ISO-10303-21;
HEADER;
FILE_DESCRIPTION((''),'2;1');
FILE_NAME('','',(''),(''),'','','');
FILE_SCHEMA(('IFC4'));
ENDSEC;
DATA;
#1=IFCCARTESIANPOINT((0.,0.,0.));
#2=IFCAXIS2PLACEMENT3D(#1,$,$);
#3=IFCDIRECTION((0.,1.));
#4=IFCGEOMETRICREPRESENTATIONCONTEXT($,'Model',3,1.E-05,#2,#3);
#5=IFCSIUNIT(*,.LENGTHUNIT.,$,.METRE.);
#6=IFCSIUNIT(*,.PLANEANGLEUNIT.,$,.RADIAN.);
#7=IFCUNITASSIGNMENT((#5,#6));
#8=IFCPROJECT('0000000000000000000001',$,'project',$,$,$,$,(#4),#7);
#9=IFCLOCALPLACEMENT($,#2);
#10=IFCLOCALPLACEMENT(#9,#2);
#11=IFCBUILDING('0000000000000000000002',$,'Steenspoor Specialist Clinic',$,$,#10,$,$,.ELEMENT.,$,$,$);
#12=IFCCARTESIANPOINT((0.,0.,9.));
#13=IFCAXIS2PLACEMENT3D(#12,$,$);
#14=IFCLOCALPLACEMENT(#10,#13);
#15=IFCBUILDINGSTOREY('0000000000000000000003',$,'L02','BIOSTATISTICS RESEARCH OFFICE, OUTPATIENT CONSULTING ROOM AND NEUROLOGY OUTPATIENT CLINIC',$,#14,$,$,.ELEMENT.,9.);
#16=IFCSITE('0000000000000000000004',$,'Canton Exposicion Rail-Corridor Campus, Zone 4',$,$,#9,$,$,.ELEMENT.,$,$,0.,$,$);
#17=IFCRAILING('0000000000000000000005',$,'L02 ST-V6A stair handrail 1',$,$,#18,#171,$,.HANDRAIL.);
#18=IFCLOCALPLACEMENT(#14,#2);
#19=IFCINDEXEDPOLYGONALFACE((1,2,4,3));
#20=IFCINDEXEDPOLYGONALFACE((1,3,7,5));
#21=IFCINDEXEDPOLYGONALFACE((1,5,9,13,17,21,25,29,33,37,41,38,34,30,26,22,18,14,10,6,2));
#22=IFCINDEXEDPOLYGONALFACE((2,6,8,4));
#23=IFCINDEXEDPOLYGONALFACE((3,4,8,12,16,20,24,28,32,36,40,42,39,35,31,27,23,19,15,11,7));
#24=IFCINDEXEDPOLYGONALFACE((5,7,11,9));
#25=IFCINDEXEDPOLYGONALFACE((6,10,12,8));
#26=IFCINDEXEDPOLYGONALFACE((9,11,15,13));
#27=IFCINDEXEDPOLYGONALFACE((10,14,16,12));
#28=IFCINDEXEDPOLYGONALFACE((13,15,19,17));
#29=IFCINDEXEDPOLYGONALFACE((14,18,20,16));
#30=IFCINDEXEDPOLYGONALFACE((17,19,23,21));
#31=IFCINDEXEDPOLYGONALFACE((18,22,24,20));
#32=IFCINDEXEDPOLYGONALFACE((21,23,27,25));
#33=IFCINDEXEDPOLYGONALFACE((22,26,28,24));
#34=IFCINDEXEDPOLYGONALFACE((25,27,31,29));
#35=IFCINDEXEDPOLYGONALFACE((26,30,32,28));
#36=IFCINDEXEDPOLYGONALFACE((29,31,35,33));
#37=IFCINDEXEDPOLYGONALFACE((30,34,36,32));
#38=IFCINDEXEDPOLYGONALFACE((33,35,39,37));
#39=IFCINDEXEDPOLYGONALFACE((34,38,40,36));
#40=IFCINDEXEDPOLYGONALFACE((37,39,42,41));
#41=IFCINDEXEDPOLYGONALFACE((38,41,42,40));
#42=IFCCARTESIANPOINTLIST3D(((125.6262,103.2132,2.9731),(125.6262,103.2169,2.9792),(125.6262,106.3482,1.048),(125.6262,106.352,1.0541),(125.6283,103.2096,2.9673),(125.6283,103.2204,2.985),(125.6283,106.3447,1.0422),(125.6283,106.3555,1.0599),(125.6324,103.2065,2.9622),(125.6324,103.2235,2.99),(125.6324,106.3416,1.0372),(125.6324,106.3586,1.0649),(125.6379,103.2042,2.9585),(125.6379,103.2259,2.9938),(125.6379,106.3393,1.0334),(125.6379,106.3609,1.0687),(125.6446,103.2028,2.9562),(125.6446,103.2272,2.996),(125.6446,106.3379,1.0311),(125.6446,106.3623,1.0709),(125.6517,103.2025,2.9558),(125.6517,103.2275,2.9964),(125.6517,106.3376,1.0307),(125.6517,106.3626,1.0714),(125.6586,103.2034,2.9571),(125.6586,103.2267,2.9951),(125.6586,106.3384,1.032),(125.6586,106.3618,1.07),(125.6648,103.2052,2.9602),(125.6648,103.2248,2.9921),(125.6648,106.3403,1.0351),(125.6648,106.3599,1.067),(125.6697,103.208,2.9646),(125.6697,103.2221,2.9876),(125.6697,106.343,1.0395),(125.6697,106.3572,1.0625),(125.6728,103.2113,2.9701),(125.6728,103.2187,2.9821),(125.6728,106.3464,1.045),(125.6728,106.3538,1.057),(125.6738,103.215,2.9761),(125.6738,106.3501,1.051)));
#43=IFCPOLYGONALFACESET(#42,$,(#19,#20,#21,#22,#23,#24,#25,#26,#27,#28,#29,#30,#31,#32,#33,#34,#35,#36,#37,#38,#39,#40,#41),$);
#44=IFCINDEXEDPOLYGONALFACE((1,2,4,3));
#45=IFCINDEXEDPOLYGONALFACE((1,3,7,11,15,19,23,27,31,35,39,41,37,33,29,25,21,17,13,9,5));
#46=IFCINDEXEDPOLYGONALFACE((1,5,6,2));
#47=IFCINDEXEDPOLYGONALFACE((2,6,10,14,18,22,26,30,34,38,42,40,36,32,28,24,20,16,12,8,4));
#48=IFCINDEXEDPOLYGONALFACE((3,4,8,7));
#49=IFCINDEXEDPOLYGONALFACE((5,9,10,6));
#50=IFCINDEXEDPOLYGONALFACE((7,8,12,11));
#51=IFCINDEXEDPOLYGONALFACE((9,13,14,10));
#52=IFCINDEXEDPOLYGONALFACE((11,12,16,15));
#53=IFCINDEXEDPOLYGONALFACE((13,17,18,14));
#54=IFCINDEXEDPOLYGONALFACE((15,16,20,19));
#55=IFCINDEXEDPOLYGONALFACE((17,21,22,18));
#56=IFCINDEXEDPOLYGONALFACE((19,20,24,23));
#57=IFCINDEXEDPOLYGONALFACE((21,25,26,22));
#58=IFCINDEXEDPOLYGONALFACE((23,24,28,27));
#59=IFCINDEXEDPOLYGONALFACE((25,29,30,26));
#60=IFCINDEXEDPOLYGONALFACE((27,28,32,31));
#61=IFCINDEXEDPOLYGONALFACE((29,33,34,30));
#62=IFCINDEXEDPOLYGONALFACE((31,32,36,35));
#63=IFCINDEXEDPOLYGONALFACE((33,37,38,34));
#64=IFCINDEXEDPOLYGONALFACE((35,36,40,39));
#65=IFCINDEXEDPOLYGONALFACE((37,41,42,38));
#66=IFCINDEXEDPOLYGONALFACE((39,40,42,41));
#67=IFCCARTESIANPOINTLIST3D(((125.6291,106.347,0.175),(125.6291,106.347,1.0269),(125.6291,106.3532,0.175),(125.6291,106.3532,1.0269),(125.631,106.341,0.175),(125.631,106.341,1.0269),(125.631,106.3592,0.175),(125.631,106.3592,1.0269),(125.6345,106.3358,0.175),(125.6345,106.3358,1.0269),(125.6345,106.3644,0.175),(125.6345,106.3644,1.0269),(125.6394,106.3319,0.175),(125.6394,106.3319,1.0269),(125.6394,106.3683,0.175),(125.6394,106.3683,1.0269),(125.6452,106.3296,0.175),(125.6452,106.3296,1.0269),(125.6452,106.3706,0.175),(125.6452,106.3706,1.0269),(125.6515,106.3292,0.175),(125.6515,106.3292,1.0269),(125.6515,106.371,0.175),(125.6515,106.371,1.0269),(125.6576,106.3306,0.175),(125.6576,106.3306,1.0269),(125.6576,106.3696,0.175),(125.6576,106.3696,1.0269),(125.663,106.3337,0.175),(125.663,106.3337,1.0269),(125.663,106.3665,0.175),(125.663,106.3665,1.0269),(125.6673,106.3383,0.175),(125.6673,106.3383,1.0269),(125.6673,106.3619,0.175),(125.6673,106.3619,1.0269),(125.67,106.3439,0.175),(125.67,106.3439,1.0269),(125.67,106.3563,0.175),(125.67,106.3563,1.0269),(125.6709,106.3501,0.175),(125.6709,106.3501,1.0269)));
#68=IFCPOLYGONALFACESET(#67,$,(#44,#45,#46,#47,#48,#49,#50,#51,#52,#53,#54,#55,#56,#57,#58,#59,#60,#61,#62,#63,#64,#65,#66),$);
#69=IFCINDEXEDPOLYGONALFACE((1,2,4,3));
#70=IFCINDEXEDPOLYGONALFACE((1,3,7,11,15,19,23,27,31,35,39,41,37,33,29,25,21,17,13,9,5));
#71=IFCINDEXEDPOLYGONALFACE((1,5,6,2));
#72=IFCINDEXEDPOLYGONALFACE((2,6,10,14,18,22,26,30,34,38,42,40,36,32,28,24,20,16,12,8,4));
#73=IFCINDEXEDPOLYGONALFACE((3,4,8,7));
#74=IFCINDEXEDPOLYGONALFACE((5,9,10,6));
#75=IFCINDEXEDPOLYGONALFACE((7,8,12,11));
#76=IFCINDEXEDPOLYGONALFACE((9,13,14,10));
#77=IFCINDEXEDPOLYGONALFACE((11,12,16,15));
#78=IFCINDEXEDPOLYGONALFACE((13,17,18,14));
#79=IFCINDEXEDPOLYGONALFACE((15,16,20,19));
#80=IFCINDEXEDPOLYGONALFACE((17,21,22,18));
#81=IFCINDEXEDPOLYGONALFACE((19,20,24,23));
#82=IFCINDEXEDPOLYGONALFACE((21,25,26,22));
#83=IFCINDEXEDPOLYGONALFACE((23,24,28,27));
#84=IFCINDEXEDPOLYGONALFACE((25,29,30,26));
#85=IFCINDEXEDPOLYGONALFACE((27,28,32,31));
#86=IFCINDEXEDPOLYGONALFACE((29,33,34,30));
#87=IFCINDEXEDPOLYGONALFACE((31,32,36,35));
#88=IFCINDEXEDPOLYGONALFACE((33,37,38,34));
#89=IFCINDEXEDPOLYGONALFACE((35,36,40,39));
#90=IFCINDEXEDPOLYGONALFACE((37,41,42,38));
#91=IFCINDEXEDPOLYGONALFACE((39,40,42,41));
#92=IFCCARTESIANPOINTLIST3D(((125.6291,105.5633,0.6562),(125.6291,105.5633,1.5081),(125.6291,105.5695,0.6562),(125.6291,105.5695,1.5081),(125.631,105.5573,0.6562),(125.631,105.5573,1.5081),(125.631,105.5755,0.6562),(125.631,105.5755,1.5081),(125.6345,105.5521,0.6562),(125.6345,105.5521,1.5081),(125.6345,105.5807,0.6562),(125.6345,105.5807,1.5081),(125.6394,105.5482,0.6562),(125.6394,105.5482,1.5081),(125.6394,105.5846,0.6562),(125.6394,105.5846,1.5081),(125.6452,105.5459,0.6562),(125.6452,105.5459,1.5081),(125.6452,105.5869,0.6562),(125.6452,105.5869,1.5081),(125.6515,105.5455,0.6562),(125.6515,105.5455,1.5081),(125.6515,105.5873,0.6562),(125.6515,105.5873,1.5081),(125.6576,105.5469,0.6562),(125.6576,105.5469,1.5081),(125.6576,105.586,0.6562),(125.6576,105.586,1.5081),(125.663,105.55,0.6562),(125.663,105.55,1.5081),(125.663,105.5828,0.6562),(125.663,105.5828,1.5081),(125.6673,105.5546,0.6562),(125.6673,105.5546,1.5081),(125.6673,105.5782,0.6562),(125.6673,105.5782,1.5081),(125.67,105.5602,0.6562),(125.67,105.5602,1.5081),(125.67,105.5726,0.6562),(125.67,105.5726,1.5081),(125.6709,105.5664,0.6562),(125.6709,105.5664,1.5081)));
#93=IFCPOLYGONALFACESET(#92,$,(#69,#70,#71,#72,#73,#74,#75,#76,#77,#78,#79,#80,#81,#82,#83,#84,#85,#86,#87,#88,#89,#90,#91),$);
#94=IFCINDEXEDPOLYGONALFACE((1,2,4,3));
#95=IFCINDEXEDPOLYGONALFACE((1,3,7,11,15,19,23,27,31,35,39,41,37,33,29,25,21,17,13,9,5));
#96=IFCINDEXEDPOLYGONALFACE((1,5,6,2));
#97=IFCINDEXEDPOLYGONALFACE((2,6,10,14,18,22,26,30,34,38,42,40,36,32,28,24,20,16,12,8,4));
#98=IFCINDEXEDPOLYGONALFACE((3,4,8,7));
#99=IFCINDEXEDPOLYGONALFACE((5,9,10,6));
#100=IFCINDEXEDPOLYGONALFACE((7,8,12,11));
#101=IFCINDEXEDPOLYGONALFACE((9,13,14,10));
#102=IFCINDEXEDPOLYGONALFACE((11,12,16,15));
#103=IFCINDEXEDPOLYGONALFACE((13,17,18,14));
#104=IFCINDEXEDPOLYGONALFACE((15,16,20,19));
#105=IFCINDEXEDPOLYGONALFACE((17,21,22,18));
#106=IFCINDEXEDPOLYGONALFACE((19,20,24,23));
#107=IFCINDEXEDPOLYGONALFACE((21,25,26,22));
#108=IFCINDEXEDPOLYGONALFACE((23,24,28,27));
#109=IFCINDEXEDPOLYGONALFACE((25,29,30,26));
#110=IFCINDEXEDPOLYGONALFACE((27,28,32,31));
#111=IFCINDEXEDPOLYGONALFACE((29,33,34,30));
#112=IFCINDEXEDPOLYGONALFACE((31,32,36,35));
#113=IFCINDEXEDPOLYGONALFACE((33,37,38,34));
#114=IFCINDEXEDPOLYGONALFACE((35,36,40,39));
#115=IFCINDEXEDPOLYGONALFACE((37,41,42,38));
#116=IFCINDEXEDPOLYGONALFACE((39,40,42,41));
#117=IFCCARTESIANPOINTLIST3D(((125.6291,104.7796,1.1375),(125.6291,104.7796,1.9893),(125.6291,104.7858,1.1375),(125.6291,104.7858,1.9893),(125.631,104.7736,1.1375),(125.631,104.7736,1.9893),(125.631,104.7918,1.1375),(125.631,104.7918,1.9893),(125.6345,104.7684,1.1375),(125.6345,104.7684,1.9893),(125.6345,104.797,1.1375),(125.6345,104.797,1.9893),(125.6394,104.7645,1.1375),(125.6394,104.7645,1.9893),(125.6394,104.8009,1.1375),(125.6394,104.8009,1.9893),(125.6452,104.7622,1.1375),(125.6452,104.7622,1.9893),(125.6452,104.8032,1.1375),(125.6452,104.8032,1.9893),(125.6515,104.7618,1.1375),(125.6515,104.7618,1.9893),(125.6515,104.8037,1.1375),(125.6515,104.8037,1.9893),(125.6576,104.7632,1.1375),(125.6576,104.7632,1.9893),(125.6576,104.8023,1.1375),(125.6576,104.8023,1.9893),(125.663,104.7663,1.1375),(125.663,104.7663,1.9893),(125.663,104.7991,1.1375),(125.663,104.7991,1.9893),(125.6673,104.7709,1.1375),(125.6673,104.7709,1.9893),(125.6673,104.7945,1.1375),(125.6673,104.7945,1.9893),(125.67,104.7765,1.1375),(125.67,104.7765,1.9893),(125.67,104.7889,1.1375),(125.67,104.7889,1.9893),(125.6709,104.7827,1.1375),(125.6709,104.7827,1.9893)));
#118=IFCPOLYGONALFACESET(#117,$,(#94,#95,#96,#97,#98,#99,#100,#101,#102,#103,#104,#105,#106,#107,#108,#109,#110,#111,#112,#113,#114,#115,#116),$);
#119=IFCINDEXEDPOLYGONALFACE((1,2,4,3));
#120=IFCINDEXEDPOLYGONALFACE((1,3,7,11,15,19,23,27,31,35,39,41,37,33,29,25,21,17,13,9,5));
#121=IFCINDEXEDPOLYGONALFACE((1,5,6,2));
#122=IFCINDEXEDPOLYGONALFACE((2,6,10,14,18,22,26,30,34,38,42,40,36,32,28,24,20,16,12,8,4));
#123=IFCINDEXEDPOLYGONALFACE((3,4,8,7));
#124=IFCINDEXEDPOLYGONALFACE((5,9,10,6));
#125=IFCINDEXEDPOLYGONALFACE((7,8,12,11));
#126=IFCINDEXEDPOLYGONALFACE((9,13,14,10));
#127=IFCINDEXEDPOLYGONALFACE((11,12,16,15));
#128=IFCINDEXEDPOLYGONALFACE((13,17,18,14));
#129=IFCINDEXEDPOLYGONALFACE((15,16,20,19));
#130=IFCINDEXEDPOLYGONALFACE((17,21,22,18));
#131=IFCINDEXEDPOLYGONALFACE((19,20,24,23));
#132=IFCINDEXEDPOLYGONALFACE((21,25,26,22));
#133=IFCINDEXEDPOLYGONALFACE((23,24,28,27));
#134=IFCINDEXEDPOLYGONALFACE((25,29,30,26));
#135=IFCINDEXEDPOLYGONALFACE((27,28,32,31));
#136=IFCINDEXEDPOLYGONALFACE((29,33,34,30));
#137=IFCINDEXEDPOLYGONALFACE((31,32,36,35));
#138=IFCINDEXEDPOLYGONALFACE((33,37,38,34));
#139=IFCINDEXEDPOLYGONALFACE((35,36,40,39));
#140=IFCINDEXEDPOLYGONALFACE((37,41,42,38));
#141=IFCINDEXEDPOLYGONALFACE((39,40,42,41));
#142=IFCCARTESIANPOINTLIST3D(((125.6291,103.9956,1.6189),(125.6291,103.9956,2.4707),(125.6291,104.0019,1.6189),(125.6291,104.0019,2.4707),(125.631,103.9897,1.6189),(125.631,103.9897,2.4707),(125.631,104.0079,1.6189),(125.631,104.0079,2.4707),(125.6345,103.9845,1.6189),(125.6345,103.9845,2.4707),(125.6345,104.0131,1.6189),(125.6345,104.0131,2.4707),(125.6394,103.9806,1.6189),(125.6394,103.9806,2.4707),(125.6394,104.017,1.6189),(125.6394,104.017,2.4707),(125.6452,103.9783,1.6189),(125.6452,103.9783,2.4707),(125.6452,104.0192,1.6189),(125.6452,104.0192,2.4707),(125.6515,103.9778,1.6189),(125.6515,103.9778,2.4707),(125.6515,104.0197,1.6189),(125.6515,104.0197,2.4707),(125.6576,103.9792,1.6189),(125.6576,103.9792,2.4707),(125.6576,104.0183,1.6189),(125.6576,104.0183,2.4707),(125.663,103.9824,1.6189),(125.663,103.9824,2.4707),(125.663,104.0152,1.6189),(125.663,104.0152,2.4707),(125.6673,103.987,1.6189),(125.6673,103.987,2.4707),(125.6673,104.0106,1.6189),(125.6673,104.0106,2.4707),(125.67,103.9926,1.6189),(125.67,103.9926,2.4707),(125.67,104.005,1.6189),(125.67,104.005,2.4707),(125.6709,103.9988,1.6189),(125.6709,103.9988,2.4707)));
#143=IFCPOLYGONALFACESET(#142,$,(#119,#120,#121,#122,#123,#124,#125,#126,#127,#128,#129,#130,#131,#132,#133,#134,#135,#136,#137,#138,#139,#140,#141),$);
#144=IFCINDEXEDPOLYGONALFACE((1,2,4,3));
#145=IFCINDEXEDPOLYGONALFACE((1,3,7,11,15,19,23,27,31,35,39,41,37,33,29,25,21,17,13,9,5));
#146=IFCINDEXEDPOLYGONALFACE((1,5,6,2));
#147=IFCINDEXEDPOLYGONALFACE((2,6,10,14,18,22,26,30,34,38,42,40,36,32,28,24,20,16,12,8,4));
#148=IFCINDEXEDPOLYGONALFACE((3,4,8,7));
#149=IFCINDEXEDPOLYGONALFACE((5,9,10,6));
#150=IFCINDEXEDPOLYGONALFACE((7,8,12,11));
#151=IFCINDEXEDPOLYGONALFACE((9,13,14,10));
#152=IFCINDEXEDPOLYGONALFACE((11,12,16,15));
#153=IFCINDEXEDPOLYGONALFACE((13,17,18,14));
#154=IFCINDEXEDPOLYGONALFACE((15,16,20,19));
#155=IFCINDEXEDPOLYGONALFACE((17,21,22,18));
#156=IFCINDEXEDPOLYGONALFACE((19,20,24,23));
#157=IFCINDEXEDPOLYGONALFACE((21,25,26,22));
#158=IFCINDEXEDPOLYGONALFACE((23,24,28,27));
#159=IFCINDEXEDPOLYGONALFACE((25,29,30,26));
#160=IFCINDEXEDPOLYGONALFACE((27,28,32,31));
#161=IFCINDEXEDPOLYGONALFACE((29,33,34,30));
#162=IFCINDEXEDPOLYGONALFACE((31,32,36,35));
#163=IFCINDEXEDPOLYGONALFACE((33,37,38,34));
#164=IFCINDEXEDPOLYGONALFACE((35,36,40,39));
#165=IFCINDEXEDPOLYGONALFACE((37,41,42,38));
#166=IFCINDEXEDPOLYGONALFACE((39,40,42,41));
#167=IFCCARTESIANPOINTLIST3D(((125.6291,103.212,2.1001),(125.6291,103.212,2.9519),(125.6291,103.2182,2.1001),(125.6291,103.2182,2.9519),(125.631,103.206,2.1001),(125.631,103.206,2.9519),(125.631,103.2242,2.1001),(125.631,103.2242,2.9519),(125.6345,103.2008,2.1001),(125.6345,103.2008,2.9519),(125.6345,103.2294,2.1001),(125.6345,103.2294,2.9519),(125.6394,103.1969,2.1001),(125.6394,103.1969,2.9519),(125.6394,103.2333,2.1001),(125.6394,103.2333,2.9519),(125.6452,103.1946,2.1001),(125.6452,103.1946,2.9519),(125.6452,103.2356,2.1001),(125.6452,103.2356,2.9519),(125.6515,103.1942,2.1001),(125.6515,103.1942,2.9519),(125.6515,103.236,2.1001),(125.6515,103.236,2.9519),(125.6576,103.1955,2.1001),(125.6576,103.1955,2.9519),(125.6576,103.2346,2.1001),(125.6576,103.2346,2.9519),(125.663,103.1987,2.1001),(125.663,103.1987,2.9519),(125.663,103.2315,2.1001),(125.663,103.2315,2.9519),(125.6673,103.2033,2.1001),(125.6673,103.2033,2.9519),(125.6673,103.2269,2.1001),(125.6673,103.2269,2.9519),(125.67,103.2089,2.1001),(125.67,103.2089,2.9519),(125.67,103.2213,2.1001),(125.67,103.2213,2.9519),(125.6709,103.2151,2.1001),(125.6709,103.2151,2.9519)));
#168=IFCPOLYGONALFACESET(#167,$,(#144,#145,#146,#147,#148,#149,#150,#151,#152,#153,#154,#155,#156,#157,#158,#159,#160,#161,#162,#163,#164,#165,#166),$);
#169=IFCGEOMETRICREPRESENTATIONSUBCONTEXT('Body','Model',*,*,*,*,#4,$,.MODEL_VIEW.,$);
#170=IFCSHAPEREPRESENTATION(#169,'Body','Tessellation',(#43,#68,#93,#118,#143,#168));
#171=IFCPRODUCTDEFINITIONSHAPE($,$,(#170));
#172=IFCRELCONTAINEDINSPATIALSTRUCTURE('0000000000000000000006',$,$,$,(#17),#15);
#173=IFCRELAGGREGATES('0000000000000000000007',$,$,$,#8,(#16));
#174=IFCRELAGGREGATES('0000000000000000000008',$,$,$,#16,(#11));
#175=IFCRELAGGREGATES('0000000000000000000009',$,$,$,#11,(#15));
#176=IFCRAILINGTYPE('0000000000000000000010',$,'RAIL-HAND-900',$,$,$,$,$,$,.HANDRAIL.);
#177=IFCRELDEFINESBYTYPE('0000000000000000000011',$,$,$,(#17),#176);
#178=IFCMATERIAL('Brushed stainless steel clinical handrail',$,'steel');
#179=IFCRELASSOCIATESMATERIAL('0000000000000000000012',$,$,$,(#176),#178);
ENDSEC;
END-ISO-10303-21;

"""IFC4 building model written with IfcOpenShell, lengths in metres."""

from ifc_helpers import new_model, si_unit, direction, frame, origin, origin_2d, place, context, subcontext, project, spatial, circle, extrude, material, type_object, element, save


model = new_model("IFC4")

# Units and contexts
model_context = context("Model", 3, precision=1e-05, world=origin(), true_north=direction((0.0, 1.0)))
body_context = subcontext(model_context, "Body", "Model", "MODEL_VIEW")
ifc_project = project(units=[si_unit("LENGTHUNIT", "METRE"), si_unit("PLANEANGLEUNIT", "RADIAN")], contexts=[model_context])

# Site, building, storey
site_placement = place(None, origin())
site = spatial("IfcSite", under=ifc_project, at=site_placement, Name="Canton Exposicion Rail-Corridor Campus, Zone 4", CompositionType="ELEMENT", RefElevation=0.0)
building_placement = place(site_placement, origin())
building = spatial("IfcBuilding", under=site, at=building_placement, Name="Steenspoor Specialist Clinic", CompositionType="ELEMENT")
storey_placement = place(building_placement, frame((0.0, 0.0, 9.0)))
storey = spatial("IfcBuildingStorey", under=building, at=storey_placement, Name="L02", Description="BIOSTATISTICS RESEARCH OFFICE, OUTPATIENT CONSULTING ROOM AND NEUROLOGY OUTPATIENT CLINIC", CompositionType="ELEMENT", Elevation=9.0)

# Railing
ifc_material_1 = material(Name="Brushed stainless steel clinical handrail", Category="steel")
railing_type_1 = type_object("IfcRailingType", Name="RAIL-HAND-900", PredefinedType="HANDRAIL", material=ifc_material_1)
railing_1_placement = place(storey_placement, frame((125.6499, 106.3501, 0.175)))
element("IfcRailing", 1, at=railing_1_placement, inside=storey, type_object=railing_type_1, Name="L02 ST-V6A stair handrail 1", PredefinedType="HANDRAIL", context=body_context, shape_type="SweptSolid", body=[
    extrude(circle(Radius=0.0239, at=origin_2d()), frame((0.0, 0.0, 0.876), z_axis=(0.0, -0.852166, 0.523271), x_axis=(1.0, 0.0, 0.0)), (0.0, 0.0, 1.0), 3.679),
    extrude(circle(Radius=0.021, at=origin_2d()), origin(), (0.0, 0.0, 1.0), 0.8518),
    extrude(circle(Radius=0.021, at=origin_2d()), frame((0.0, -0.7837, 0.4812)), (0.0, 0.0, 1.0), 0.8518),
    extrude(circle(Radius=0.021, at=origin_2d()), frame((0.0, -1.5674, 0.9624)), (0.0, 0.0, 1.0), 0.8518),
    extrude(circle(Radius=0.021, at=origin_2d()), frame((0.0, -2.3513, 1.4438)), (0.0, 0.0, 1.0), 0.8518),
    extrude(circle(Radius=0.021, at=origin_2d()), frame((0.0, -3.135, 1.925)), (0.0, 0.0, 1.0), 0.8518),
])

save(model, "model.ifc")
